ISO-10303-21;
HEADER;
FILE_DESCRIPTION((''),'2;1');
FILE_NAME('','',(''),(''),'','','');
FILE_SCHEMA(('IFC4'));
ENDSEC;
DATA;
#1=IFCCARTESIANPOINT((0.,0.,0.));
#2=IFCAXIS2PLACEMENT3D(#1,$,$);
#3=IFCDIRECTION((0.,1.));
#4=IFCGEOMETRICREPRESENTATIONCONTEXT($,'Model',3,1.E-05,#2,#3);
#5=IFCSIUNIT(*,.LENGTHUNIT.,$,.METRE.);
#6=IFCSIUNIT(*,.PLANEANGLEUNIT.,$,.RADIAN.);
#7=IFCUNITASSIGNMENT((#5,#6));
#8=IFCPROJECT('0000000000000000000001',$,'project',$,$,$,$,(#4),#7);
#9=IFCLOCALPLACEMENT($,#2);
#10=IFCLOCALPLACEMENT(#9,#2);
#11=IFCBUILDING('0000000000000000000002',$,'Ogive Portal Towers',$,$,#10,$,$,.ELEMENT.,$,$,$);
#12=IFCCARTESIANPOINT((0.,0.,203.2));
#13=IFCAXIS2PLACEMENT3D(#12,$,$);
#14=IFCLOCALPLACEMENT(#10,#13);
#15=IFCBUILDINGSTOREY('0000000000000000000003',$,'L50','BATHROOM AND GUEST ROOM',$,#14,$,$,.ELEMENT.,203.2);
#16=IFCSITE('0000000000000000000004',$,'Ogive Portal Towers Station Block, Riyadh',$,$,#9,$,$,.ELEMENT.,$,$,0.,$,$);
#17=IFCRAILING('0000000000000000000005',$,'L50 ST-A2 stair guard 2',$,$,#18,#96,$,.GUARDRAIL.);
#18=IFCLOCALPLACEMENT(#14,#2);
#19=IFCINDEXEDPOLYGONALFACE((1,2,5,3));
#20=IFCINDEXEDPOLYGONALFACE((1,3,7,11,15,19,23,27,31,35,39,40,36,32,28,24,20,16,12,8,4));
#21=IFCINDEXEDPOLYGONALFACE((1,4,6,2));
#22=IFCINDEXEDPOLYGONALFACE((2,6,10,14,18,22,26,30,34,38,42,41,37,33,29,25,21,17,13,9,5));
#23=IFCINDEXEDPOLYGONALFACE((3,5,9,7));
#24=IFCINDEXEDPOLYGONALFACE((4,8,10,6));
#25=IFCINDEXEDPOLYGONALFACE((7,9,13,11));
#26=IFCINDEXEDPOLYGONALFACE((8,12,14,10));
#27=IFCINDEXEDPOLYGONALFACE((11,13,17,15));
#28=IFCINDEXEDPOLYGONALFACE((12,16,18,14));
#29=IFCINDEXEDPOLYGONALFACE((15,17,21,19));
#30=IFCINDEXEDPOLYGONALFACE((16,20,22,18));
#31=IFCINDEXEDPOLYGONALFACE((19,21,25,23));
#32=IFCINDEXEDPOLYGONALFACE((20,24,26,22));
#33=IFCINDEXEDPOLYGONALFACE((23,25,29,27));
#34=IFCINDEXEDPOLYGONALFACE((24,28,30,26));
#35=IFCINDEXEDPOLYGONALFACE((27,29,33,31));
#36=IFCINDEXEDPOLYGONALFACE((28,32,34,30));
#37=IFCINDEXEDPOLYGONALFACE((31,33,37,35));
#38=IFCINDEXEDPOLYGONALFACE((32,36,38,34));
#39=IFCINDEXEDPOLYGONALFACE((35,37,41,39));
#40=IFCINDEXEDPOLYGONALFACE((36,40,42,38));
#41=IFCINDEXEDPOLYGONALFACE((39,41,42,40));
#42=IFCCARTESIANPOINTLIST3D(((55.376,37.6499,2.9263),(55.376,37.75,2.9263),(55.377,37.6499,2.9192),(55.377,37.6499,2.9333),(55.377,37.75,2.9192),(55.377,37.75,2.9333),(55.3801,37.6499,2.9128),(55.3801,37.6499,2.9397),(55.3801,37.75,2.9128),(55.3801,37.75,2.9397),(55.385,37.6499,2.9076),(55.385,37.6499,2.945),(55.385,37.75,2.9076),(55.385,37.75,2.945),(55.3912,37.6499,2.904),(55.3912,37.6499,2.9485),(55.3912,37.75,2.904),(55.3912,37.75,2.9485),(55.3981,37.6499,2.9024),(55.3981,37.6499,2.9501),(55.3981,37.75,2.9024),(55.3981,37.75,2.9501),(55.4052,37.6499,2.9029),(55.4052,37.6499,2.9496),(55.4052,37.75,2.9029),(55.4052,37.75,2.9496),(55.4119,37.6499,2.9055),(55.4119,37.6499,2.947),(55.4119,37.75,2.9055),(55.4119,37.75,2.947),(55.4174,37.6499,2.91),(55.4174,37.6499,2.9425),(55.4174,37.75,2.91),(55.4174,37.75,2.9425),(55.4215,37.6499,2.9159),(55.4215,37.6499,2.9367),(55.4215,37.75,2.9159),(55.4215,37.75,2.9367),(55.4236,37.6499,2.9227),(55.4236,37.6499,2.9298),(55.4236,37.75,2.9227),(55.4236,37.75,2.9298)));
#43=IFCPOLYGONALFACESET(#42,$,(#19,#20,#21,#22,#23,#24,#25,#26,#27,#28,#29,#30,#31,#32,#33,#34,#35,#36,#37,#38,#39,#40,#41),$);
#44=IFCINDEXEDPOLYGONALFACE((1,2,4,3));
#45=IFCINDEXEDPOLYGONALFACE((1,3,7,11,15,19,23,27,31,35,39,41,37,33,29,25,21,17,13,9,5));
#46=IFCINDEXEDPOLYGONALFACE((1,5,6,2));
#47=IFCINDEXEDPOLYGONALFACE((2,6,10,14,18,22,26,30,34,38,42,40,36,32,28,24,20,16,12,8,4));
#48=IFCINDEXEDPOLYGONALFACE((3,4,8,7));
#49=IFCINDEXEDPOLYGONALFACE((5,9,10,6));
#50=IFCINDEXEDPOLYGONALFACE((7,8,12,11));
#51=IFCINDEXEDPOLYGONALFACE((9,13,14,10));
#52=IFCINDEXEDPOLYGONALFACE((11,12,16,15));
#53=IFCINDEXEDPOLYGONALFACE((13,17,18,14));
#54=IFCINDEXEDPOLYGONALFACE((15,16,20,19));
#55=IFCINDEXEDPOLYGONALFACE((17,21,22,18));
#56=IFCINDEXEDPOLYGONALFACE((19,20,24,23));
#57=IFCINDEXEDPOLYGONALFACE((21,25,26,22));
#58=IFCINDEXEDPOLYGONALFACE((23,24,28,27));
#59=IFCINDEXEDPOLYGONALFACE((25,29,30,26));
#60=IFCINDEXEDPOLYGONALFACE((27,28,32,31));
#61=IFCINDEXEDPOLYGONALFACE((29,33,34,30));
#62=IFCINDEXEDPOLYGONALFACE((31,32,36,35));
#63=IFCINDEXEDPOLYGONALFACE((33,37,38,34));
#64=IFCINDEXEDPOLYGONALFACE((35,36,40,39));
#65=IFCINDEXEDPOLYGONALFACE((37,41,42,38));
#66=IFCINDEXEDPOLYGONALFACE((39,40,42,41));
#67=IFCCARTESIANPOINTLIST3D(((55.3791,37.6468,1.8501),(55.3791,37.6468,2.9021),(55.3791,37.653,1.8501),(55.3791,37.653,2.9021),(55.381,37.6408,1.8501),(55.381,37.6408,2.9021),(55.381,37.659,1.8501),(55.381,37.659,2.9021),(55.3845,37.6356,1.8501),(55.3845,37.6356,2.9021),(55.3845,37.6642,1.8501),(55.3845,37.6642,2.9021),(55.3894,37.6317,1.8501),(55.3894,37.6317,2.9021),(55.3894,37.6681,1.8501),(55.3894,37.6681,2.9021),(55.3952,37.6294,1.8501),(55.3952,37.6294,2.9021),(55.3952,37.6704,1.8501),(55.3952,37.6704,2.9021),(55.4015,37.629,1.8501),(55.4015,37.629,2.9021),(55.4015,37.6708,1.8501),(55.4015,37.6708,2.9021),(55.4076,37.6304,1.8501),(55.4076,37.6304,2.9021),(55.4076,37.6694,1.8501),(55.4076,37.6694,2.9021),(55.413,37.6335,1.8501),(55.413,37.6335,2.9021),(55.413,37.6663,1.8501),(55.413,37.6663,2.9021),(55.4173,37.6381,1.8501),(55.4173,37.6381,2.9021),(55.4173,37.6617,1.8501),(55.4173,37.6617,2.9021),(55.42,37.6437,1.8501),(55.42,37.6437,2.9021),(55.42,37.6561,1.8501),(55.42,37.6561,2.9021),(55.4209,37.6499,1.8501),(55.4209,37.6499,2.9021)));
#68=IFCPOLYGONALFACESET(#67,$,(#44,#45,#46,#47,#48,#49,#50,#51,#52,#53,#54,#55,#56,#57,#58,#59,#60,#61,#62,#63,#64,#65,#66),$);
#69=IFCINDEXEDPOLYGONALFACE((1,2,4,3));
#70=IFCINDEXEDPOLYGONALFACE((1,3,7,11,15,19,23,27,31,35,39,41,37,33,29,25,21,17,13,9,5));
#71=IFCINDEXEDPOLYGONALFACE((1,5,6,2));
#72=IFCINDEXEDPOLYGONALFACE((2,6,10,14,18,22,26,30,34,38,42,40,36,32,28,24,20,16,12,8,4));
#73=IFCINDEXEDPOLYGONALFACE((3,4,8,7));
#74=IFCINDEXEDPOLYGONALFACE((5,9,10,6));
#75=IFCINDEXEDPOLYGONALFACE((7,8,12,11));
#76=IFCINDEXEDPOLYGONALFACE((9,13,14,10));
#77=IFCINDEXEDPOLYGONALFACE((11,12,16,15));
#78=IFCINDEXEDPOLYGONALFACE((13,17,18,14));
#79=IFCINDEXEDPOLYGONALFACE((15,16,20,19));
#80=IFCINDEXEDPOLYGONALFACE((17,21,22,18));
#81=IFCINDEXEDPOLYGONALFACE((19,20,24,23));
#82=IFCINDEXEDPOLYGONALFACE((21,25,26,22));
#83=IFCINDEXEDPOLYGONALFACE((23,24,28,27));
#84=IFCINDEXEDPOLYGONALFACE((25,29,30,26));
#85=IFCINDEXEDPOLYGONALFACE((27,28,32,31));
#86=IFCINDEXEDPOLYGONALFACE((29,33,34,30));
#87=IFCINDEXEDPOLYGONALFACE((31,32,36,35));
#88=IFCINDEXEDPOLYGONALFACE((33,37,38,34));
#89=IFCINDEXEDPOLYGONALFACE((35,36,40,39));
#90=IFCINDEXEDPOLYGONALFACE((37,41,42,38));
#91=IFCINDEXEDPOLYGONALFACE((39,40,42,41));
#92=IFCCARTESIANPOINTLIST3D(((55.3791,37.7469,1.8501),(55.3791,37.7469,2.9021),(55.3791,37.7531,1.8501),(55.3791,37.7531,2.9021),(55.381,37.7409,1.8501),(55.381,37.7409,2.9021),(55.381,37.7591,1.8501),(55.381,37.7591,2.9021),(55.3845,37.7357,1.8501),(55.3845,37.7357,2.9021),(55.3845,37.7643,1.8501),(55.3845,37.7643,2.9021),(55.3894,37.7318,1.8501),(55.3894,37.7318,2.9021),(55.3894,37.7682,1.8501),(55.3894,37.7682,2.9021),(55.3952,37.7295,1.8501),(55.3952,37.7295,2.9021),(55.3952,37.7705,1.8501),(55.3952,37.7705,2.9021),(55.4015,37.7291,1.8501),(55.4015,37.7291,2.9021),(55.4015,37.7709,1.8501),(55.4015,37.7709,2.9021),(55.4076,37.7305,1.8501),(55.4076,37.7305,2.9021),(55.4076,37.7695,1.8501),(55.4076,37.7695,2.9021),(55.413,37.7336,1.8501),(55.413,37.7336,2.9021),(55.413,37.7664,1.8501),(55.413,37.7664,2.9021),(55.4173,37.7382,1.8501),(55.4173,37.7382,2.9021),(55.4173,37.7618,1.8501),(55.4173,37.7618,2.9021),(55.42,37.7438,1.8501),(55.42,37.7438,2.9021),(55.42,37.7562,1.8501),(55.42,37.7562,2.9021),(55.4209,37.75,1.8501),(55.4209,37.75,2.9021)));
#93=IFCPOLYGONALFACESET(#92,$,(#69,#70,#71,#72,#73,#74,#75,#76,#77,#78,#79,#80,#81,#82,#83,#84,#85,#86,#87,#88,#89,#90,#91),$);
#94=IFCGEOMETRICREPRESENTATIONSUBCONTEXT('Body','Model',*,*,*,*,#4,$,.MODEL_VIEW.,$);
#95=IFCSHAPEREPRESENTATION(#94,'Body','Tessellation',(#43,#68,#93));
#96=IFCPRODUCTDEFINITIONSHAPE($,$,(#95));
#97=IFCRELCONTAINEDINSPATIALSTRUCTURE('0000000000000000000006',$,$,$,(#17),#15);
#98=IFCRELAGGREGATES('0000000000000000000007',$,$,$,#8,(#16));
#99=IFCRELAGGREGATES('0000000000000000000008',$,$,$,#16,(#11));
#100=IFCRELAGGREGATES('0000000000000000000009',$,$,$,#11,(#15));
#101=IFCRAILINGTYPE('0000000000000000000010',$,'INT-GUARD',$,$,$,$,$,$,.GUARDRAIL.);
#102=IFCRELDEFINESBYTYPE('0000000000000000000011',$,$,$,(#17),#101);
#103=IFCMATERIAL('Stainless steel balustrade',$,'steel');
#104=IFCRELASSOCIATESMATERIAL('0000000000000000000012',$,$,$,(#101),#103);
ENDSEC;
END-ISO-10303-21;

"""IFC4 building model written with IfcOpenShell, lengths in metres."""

from ifc_helpers import new_model, si_unit, direction, frame, origin, origin_2d, place, context, subcontext, project, spatial, circle, extrude, material, type_object, element, save


model = new_model("IFC4")

# Units and contexts
model_context = context("Model", 3, precision=1e-05, world=origin(), true_north=direction((0.0, 1.0)))
body_context = subcontext(model_context, "Body", "Model", "MODEL_VIEW")
ifc_project = project(units=[si_unit("LENGTHUNIT", "METRE"), si_unit("PLANEANGLEUNIT", "RADIAN")], contexts=[model_context])

# Site, building, storey
site_placement = place(None, origin())
site = spatial("IfcSite", under=ifc_project, at=site_placement, Name="Ogive Portal Towers Station Block, Riyadh", CompositionType="ELEMENT", RefElevation=0.0)
building_placement = place(site_placement, origin())
building = spatial("IfcBuilding", under=site, at=building_placement, Name="Ogive Portal Towers", CompositionType="ELEMENT")
storey_placement = place(building_placement, frame((0.0, 0.0, 203.2)))
storey = spatial("IfcBuildingStorey", under=building, at=storey_placement, Name="L50", Description="BATHROOM AND GUEST ROOM", CompositionType="ELEMENT", Elevation=203.2)

# Railing
ifc_material_1 = material(Name="Stainless steel balustrade", Category="steel")
railing_type = type_object("IfcRailingType", Name="INT-GUARD", PredefinedType="GUARDRAIL", material=ifc_material_1)
railing_placement = place(storey_placement, frame((55.3999, 37.6499, 1.8501)))
element("IfcRailing", 1, at=railing_placement, inside=storey, type_object=railing_type, Name="L50 ST-A2 stair guard 2", PredefinedType="GUARDRAIL", context=body_context, shape_type="SweptSolid", body=[
    extrude(circle(Radius=0.0239, at=origin_2d()), frame((0.0, 0.0, 1.0762), z_axis=(0.0, 1.0, 0.0), x_axis=(-1.0, 0.0, 0.0)), (0.0, 0.0, 1.0), 0.1001),
    extrude(circle(Radius=0.021, at=origin_2d()), origin(), (0.0, 0.0, 1.0), 1.052),
    extrude(circle(Radius=0.021, at=origin_2d()), frame((0.0, 0.1001, 0.0)), (0.0, 0.0, 1.0), 1.052),
])

save(model, "model.ifc")
